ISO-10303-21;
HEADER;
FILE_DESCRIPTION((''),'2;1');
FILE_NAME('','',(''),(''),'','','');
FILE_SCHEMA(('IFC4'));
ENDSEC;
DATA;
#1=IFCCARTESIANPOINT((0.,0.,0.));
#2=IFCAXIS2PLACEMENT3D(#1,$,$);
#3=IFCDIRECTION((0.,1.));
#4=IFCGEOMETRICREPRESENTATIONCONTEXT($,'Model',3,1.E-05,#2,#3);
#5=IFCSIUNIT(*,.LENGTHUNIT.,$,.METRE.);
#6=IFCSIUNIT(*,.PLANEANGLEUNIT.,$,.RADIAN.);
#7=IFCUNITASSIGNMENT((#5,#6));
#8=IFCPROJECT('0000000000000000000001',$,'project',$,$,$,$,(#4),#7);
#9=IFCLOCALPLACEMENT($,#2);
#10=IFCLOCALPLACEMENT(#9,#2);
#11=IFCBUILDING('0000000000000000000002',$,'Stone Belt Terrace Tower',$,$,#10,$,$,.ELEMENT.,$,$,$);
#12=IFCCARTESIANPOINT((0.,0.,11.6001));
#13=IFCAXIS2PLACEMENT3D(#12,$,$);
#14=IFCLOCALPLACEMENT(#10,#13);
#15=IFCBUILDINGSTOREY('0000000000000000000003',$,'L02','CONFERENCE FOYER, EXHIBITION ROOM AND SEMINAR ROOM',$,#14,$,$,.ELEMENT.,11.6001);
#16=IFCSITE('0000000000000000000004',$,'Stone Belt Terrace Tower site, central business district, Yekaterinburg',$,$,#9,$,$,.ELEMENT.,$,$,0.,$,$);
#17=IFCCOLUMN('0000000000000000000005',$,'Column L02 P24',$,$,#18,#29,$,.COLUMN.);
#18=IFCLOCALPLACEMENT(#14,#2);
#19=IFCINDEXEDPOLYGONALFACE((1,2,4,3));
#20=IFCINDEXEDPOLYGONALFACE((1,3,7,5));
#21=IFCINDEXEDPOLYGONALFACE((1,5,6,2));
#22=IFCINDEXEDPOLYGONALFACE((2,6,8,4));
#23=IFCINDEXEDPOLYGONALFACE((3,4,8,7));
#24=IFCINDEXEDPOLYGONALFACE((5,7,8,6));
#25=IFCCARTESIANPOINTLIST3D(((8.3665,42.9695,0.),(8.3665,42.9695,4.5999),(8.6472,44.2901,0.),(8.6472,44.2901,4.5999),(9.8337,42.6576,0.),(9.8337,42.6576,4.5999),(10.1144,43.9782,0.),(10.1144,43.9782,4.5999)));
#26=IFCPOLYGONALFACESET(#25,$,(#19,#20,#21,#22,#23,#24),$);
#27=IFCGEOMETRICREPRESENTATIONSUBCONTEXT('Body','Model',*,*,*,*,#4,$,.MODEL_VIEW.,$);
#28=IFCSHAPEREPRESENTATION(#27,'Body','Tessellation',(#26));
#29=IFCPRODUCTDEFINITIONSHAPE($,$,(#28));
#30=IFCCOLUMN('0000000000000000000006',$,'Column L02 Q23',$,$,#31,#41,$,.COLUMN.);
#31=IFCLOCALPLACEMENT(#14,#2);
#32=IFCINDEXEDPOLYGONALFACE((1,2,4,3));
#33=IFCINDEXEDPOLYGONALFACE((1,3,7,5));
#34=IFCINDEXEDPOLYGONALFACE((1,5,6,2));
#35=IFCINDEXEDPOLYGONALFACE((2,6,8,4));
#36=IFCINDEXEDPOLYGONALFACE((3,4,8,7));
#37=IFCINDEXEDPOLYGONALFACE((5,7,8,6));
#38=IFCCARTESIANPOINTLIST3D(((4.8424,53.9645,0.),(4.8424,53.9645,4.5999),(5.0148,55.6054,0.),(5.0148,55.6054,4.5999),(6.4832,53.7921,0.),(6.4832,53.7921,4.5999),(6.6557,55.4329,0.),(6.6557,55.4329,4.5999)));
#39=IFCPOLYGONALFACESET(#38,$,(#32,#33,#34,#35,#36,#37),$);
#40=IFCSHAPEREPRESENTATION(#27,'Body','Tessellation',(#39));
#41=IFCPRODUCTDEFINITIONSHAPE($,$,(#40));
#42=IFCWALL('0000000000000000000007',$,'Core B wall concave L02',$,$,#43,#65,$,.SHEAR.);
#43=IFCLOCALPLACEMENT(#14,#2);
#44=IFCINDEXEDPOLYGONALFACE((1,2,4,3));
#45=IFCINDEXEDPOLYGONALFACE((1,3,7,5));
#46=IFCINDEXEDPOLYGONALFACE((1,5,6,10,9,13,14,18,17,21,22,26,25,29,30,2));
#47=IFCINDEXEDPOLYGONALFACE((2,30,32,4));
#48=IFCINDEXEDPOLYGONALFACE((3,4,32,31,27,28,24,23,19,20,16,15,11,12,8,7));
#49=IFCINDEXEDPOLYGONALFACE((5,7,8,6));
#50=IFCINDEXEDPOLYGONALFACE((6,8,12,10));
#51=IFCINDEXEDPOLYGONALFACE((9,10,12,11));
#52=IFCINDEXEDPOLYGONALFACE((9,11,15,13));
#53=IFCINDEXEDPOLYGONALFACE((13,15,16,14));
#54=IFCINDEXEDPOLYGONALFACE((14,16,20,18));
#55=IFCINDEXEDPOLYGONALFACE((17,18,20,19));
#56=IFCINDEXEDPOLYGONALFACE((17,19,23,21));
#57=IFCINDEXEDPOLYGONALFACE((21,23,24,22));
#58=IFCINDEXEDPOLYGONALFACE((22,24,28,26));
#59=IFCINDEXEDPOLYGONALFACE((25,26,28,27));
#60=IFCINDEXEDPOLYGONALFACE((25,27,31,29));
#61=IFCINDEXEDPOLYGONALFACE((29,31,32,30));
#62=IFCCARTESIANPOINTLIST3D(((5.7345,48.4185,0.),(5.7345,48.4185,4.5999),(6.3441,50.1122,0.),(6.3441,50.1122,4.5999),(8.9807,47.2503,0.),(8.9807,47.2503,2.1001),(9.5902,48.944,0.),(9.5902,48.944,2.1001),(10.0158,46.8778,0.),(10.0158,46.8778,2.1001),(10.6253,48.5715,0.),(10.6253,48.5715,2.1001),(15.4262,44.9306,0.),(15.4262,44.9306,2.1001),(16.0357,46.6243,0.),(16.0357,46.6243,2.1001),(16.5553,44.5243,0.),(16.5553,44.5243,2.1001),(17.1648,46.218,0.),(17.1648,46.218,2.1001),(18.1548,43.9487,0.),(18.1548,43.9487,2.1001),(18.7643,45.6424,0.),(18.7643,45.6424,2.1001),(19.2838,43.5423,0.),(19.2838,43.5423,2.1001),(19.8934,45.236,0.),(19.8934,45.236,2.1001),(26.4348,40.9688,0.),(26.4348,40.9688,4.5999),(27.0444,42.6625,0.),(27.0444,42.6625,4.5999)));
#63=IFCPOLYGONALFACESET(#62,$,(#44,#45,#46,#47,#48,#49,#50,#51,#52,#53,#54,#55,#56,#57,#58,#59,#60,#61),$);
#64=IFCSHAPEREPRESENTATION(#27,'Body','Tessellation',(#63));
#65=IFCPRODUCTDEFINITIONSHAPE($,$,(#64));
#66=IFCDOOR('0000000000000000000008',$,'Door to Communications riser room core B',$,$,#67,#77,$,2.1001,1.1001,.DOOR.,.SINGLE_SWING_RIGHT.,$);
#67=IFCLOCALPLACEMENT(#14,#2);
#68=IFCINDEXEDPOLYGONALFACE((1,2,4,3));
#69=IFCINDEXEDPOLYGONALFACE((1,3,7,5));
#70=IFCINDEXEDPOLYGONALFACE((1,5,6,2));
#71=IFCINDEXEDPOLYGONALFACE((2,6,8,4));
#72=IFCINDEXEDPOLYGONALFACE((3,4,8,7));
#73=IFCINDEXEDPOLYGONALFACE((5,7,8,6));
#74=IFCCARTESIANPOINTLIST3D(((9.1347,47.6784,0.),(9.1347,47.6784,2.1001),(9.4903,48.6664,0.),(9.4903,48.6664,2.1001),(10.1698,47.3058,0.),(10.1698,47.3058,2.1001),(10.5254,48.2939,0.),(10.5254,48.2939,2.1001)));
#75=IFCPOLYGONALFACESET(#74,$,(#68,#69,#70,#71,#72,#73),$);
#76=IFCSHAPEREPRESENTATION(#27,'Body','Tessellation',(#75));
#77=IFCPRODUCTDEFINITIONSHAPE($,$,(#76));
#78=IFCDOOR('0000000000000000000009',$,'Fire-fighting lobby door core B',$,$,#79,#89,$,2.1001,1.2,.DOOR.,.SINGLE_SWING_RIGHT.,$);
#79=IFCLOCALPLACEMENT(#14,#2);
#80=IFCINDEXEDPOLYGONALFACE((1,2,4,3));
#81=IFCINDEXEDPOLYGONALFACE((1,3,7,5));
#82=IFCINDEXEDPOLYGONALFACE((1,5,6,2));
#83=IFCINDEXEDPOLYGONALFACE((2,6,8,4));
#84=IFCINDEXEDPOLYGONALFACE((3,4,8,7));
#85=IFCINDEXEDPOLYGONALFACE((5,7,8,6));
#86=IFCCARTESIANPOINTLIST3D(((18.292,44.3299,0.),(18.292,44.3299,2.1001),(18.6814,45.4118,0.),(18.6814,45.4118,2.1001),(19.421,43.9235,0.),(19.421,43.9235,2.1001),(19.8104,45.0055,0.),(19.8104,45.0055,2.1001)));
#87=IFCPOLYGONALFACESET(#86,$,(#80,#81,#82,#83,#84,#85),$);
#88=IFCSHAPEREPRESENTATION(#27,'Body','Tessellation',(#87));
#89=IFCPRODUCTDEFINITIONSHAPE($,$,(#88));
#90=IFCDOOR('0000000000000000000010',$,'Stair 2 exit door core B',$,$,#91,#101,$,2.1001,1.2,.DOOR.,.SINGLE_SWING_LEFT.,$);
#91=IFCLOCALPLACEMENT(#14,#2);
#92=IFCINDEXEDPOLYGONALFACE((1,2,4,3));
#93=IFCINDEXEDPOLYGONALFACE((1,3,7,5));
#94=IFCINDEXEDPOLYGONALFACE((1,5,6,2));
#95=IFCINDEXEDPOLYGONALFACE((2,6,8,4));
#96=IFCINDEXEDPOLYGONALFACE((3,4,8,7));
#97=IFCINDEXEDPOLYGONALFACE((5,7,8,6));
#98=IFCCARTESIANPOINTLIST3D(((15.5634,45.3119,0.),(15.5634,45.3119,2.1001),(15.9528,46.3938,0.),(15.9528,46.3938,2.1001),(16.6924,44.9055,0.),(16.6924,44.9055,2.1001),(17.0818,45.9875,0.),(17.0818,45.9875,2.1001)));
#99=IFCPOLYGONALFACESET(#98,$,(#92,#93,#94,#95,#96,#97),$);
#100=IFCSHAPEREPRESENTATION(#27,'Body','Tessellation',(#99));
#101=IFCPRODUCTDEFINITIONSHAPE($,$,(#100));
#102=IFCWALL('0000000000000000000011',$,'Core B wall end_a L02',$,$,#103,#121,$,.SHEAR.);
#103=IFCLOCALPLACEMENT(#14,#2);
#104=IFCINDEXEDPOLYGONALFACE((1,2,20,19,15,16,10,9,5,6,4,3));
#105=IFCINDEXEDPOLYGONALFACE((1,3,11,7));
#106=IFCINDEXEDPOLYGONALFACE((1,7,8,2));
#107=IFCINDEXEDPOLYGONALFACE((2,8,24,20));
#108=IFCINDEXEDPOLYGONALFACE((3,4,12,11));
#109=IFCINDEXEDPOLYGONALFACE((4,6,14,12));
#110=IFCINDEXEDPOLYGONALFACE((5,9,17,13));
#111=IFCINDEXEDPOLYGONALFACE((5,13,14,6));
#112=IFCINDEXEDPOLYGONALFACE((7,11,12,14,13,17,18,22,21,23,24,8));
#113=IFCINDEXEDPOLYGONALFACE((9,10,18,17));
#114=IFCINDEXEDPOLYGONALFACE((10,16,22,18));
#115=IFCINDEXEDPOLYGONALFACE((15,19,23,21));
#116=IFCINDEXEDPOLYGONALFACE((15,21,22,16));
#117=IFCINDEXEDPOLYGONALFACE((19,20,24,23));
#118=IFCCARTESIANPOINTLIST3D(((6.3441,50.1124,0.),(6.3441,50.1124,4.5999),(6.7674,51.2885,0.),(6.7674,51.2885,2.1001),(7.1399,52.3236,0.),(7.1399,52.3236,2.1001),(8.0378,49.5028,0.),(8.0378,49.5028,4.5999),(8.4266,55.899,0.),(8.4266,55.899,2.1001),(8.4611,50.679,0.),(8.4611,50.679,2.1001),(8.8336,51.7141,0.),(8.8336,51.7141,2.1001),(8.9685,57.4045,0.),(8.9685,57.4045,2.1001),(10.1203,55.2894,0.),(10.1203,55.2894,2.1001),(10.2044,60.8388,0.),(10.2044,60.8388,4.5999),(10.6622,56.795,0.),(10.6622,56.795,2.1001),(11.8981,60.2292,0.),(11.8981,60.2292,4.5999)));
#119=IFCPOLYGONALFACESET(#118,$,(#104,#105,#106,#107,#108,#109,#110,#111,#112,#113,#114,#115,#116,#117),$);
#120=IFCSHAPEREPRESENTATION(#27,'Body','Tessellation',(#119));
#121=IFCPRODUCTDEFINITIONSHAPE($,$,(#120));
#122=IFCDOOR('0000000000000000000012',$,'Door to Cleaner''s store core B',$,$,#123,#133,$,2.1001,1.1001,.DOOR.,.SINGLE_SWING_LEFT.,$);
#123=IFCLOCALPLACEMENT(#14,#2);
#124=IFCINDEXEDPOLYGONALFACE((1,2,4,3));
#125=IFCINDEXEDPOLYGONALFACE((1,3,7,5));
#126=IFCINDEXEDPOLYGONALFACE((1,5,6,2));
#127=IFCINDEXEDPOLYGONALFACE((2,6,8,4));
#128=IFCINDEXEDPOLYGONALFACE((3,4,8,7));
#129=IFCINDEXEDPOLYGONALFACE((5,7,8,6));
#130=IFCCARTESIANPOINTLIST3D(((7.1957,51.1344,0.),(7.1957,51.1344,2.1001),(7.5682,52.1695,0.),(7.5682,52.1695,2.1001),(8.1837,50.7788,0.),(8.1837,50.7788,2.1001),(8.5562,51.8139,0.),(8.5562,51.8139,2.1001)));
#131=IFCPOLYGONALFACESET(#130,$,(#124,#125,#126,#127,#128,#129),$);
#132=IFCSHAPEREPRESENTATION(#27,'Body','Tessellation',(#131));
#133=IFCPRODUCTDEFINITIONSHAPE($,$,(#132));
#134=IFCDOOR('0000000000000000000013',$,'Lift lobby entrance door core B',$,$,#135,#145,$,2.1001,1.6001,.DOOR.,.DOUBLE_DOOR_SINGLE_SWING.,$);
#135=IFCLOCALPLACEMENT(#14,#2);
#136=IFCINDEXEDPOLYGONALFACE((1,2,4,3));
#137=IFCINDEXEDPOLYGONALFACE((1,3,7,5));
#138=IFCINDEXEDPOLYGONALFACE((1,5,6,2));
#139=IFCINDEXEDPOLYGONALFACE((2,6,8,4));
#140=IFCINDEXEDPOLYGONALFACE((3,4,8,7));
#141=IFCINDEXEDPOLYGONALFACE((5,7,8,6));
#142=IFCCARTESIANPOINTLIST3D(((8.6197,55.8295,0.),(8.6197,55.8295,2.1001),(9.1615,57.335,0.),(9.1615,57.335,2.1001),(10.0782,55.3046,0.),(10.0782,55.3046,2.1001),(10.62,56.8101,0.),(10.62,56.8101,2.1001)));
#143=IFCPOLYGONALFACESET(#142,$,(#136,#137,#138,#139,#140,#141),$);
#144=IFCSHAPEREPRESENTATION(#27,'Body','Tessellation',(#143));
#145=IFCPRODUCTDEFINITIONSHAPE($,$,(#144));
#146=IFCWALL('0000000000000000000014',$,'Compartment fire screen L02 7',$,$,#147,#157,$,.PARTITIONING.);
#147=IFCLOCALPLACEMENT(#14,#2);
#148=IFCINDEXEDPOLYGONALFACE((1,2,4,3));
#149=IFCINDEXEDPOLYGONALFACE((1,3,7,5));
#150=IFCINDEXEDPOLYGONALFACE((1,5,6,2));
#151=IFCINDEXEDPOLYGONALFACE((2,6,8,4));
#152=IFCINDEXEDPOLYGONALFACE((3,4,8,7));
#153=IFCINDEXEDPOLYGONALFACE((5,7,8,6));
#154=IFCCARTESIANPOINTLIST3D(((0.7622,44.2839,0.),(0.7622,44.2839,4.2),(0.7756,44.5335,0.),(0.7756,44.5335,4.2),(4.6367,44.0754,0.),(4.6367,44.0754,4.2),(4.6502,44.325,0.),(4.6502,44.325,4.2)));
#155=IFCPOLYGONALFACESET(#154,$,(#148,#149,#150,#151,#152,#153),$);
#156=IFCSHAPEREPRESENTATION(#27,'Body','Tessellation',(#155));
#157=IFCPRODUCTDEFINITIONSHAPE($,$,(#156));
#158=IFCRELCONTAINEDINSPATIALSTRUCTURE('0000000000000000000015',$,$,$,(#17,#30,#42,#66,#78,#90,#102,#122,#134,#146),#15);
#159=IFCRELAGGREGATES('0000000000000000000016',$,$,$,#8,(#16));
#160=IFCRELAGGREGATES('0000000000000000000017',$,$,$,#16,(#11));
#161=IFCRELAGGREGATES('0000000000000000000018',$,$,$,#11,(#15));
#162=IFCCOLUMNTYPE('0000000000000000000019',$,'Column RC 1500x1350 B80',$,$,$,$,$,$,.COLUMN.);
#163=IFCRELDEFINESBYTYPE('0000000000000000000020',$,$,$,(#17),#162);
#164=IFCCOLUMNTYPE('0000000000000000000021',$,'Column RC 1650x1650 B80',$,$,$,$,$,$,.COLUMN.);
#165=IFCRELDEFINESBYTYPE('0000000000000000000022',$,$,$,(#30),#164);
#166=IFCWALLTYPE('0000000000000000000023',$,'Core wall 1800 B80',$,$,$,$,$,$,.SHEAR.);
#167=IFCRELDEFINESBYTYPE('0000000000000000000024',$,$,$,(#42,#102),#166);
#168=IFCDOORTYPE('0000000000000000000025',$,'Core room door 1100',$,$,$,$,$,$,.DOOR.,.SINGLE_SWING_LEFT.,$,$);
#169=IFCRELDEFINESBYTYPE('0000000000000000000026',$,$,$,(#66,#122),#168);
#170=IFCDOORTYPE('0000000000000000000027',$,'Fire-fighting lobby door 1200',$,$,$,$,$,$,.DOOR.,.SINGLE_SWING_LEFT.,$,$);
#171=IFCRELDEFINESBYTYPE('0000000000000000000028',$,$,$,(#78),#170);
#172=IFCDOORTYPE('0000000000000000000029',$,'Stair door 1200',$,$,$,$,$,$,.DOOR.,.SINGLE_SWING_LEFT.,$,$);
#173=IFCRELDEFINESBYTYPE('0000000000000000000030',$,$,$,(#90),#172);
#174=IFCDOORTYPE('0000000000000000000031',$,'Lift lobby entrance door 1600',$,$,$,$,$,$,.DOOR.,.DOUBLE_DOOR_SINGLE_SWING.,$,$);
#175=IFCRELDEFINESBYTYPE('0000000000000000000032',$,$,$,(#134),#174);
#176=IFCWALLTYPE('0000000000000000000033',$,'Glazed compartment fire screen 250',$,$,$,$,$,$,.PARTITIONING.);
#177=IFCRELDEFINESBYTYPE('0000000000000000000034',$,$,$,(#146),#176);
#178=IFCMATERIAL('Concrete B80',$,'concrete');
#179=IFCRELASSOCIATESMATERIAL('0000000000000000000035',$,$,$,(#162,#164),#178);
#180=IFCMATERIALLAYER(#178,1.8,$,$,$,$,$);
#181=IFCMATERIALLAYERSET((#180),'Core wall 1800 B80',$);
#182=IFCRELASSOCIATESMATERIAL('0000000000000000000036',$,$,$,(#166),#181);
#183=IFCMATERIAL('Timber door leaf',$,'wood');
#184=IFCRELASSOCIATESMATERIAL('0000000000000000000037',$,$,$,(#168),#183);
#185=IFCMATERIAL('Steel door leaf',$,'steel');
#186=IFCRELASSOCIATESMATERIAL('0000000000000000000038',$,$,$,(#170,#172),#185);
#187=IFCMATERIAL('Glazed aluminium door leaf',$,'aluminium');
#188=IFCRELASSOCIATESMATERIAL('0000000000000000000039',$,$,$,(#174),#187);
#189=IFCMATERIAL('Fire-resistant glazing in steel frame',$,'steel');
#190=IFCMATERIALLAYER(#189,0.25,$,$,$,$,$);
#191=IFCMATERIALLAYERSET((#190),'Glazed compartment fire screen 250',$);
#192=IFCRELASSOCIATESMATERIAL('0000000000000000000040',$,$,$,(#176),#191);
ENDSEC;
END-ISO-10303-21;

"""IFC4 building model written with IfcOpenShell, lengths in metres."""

from ifc_helpers import new_model, si_unit, direction, frame, frame_2d, origin, origin_2d, place, context, subcontext, project, spatial, rectangle, extrude, material, layer, layer_set, material_profile, profile_set, type_object, element, fill, save


model = new_model("IFC4")

# Units and contexts
model_context = context("Model", 3, precision=1e-05, world=origin(), true_north=direction((0.0, 1.0)))
body_context = subcontext(model_context, "Body", "Model", "MODEL_VIEW")
ifc_project = project(units=[si_unit("LENGTHUNIT", "METRE"), si_unit("PLANEANGLEUNIT", "RADIAN")], contexts=[model_context])

# Site, building, storey
site_placement = place(None, origin())
site = spatial("IfcSite", under=ifc_project, at=site_placement, Name="Stone Belt Terrace Tower site, central business district, Yekaterinburg", CompositionType="ELEMENT", RefElevation=0.0)
building_placement = place(site_placement, origin())
building = spatial("IfcBuilding", under=site, at=building_placement, Name="Stone Belt Terrace Tower", CompositionType="ELEMENT")
storey_placement = place(building_placement, frame((0.0, 0.0, 11.6001)))
storey = spatial("IfcBuildingStorey", under=building, at=storey_placement, Name="L02", Description="CONFERENCE FOYER, EXHIBITION ROOM AND SEMINAR ROOM", CompositionType="ELEMENT", Elevation=11.6001)

# Columns
ifc_material_1 = material(Name="Concrete B80", Category="concrete")
ifc_material_profile_1 = material_profile(ifc_material_1, rectangle(XDim=1.5, YDim=1.3501, at=origin_2d()), Name="RC 1500x1350")
ifc_profile_set_1 = profile_set([ifc_material_profile_1], Name="Concrete B80")
column_type_1 = type_object("IfcColumnType", Name="Column RC 1500x1350 B80", PredefinedType="COLUMN", material=ifc_profile_set_1)
column_1_placement = place(storey_placement, frame((9.2405, 43.4739, 0.0), z_axis=(0.0, 0.0, 1.0), x_axis=(0.978148, -0.207912, 0.0)))
element("IfcColumn", 1, at=column_1_placement, inside=storey, type_object=column_type_1, Name="Column L02 P24", PredefinedType="COLUMN", context=body_context, shape_type="SweptSolid", body=[
    extrude(rectangle(XDim=1.5, YDim=1.3501, at=origin_2d()), origin(), (0.0, 0.0, 1.0), 4.5999),
])
ifc_material_profile_2 = material_profile(ifc_material_1, rectangle(XDim=1.6499, YDim=1.6499, at=origin_2d()), Name="RC 1650x1650")
ifc_profile_set_2 = profile_set([ifc_material_profile_2], Name="Concrete B80")
column_type_2 = type_object("IfcColumnType", Name="Column RC 1650x1650 B80", PredefinedType="COLUMN", material=ifc_profile_set_2)
column_2_placement = place(storey_placement, frame((5.749, 54.6987, 0.0), z_axis=(0.0, 0.0, 1.0), x_axis=(0.994522, -0.104528, 0.0)))
element("IfcColumn", 2, at=column_2_placement, inside=storey, type_object=column_type_2, Name="Column L02 Q23", PredefinedType="COLUMN", context=body_context, shape_type="SweptSolid", body=[
    extrude(rectangle(XDim=1.6499, YDim=1.6499, at=origin_2d()), origin(), (0.0, 0.0, 1.0), 4.5999),
])

# Walls, openings, doors
ifc_layer_1 = layer(ifc_material_1, 1.8)
ifc_layer_set_1 = layer_set([ifc_layer_1], Name="Core wall 1800 B80")
wall_type_1 = type_object("IfcWallType", Name="Core wall 1800 B80", PredefinedType="SHEAR", material=ifc_layer_set_1)
wall_1_placement = place(storey_placement, frame((6.0393, 49.2654, 0.0), z_axis=(0.0, 0.0, 1.0), x_axis=(0.940922, -0.338624, 0.0)))
wall_1 = element("IfcWall", 3, at=wall_1_placement, inside=storey, type_object=wall_type_1, Name="Core B wall concave L02", PredefinedType="SHEAR", context=body_context, shape_type="SweptSolid", body=[
    extrude(rectangle(XDim=22.0, YDim=1.8, at=frame_2d((11.0, 0.0))), origin(), (0.0, 0.0, 1.0), 4.5999),
])
opening_1_placement = place(wall_1_placement, frame((13.2, 0.0, 0.0)))
opening_1 = element("IfcOpeningElement", 4, at=opening_1_placement, cuts=wall_1, PredefinedType="OPENING", context=body_context, shape_type="SweptSolid", body=[
    extrude(rectangle(XDim=1.2, YDim=2.1001, at=frame_2d((0.6001, 1.05))), frame((0.0, 0.9099, 0.0), z_axis=(0.0, -1.0, 0.0), x_axis=(1.0, 0.0, 0.0)), (0.0, 0.0, 1.0), 1.8201),
])
opening_2_placement = place(wall_1_placement, frame((10.3, 0.0, 0.0)))
opening_2 = element("IfcOpeningElement", 5, at=opening_2_placement, cuts=wall_1, PredefinedType="OPENING", context=body_context, shape_type="SweptSolid", body=[
    extrude(rectangle(XDim=1.2, YDim=2.1001, at=frame_2d((0.6001, 1.05))), frame((0.0, 0.9099, 0.0), z_axis=(0.0, -1.0, 0.0), x_axis=(1.0, 0.0, 0.0)), (0.0, 0.0, 1.0), 1.8201),
])
opening_3_placement = place(wall_1_placement, frame((3.45, 0.0, 0.0)))
opening_3 = element("IfcOpeningElement", 6, at=opening_3_placement, cuts=wall_1, PredefinedType="OPENING", context=body_context, shape_type="SweptSolid", body=[
    extrude(rectangle(XDim=1.1001, YDim=2.1001, at=frame_2d((0.55, 1.05))), frame((0.0, 0.9099, 0.0), z_axis=(0.0, -1.0, 0.0), x_axis=(1.0, 0.0, 0.0)), (0.0, 0.0, 1.0), 1.8201),
])
ifc_material_2 = material(Name="Timber door leaf", Category="wood")
door_type_1 = type_object("IfcDoorType", Name="Core room door 1100", OperationType="SINGLE_SWING_LEFT", PredefinedType="DOOR", material=ifc_material_2)
door_1_placement = place(opening_3_placement, origin())
door_1 = element("IfcDoor", 7, at=door_1_placement, inside=storey, type_object=door_type_1, Name="Door to Communications riser room core B", OperationType="SINGLE_SWING_RIGHT", OverallHeight=2.1001, OverallWidth=1.1001, PredefinedType="DOOR", context=body_context, shape_type="SweptSolid", body=[
    extrude(rectangle(XDim=1.1001, YDim=2.1001, at=frame_2d((0.55, 1.05))), frame((0.0, 0.605, 0.0), z_axis=(0.0, -1.0, 0.0), x_axis=(1.0, 0.0, 0.0)), (0.0, 0.0, 1.0), 1.05),
])
fill(opening_3, door_1)
ifc_material_3 = material(Name="Steel door leaf", Category="steel")
door_type_2 = type_object("IfcDoorType", Name="Fire-fighting lobby door 1200", OperationType="SINGLE_SWING_LEFT", PredefinedType="DOOR", material=ifc_material_3)
door_2_placement = place(opening_1_placement, origin())
door_2 = element("IfcDoor", 8, at=door_2_placement, inside=storey, type_object=door_type_2, Name="Fire-fighting lobby door core B", OperationType="SINGLE_SWING_RIGHT", OverallHeight=2.1001, OverallWidth=1.2, PredefinedType="DOOR", context=body_context, shape_type="SweptSolid", body=[
    extrude(rectangle(XDim=1.2, YDim=2.1001, at=frame_2d((0.6001, 1.05))), frame((0.0, 0.655, 0.0), z_axis=(0.0, -1.0, 0.0), x_axis=(1.0, 0.0, 0.0)), (0.0, 0.0, 1.0), 1.1499),
])
fill(opening_1, door_2)
door_type_3 = type_object("IfcDoorType", Name="Stair door 1200", OperationType="SINGLE_SWING_LEFT", PredefinedType="DOOR", material=ifc_material_3)
door_3_placement = place(opening_2_placement, origin())
door_3 = element("IfcDoor", 9, at=door_3_placement, inside=storey, type_object=door_type_3, Name="Stair 2 exit door core B", OperationType="SINGLE_SWING_LEFT", OverallHeight=2.1001, OverallWidth=1.2, PredefinedType="DOOR", context=body_context, shape_type="SweptSolid", body=[
    extrude(rectangle(XDim=1.2, YDim=2.1001, at=frame_2d((0.6001, 1.05))), frame((0.0, 0.655, 0.0), z_axis=(0.0, -1.0, 0.0), x_axis=(1.0, 0.0, 0.0)), (0.0, 0.0, 1.0), 1.1499),
])
fill(opening_2, door_3)
wall_2_placement = place(storey_placement, frame((7.1909, 49.8076, 0.0), z_axis=(0.0, 0.0, 1.0), x_axis=(0.338632, 0.940919, 0.0)))
wall_2 = element("IfcWall", 10, at=wall_2_placement, inside=storey, type_object=wall_type_1, Name="Core B wall end_a L02", PredefinedType="SHEAR", context=body_context, shape_type="SweptSolid", body=[
    extrude(rectangle(XDim=11.3999, YDim=1.8, at=frame_2d((5.7, 0.0))), origin(), (0.0, 0.0, 1.0), 4.5999),
])
opening_4_placement = place(wall_2_placement, frame((6.1499, 0.0, 0.0)))
opening_4 = element("IfcOpeningElement", 11, at=opening_4_placement, cuts=wall_2, PredefinedType="OPENING", context=body_context, shape_type="SweptSolid", body=[
    extrude(rectangle(XDim=1.6001, YDim=2.1001, at=frame_2d((0.8, 1.05))), frame((0.0, 0.9099, 0.0), z_axis=(0.0, -1.0, 0.0), x_axis=(1.0, 0.0, 0.0)), (0.0, 0.0, 1.0), 1.8201),
])
opening_5_placement = place(wall_2_placement, frame((1.25, 0.0, 0.0)))
opening_5 = element("IfcOpeningElement", 12, at=opening_5_placement, cuts=wall_2, PredefinedType="OPENING", context=body_context, shape_type="SweptSolid", body=[
    extrude(rectangle(XDim=1.1001, YDim=2.1001, at=frame_2d((0.55, 1.05))), frame((0.0, 0.9099, 0.0), z_axis=(0.0, -1.0, 0.0), x_axis=(1.0, 0.0, 0.0)), (0.0, 0.0, 1.0), 1.8201),
])
door_4_placement = place(opening_5_placement, origin())
door_4 = element("IfcDoor", 13, at=door_4_placement, inside=storey, type_object=door_type_1, Name="Door to Cleaner's store core B", OperationType="SINGLE_SWING_LEFT", OverallHeight=2.1001, OverallWidth=1.1001, PredefinedType="DOOR", context=body_context, shape_type="SweptSolid", body=[
    extrude(rectangle(XDim=1.1001, YDim=2.1001, at=frame_2d((0.55, 1.05))), frame((0.0, 0.4448, 0.0), z_axis=(0.0, -1.0, 0.0), x_axis=(1.0, 0.0, 0.0)), (0.0, 0.0, 1.0), 1.05),
])
fill(opening_5, door_4)
ifc_material_4 = material(Name="Glazed aluminium door leaf", Category="aluminium")
door_type_4 = type_object("IfcDoorType", Name="Lift lobby entrance door 1600", OperationType="DOUBLE_DOOR_SINGLE_SWING", PredefinedType="DOOR", material=ifc_material_4)
door_5_placement = place(opening_4_placement, origin())
door_5 = element("IfcDoor", 14, at=door_5_placement, inside=storey, type_object=door_type_4, Name="Lift lobby entrance door core B", OperationType="DOUBLE_DOOR_SINGLE_SWING", OverallHeight=2.1001, OverallWidth=1.6001, PredefinedType="DOOR", context=body_context, shape_type="SweptSolid", body=[
    extrude(rectangle(XDim=1.6001, YDim=2.1001, at=frame_2d((0.8, 1.05))), frame((0.0, 0.6948, 0.0), z_axis=(0.0, -1.0, 0.0), x_axis=(1.0, 0.0, 0.0)), (0.0, 0.0, 1.0), 1.55),
])
fill(opening_4, door_5)

# Wall
ifc_material_5 = material(Name="Fire-resistant glazing in steel frame", Category="steel")
ifc_layer_2 = layer(ifc_material_5, 0.25)
ifc_layer_set_2 = layer_set([ifc_layer_2], Name="Glazed compartment fire screen 250")
wall_type_2 = type_object("IfcWallType", Name="Glazed compartment fire screen 250", PredefinedType="PARTITIONING", material=ifc_layer_set_2)
wall_3_placement = place(storey_placement, frame((0.769, 44.4087, 0.0), z_axis=(0.0, 0.0, 1.0), x_axis=(0.998555, -0.053734, 0.0)))
element("IfcWall", 15, at=wall_3_placement, inside=storey, type_object=wall_type_2, Name="Compartment fire screen L02 7", PredefinedType="PARTITIONING", context=body_context, shape_type="SweptSolid", body=[
    extrude(rectangle(XDim=3.8801, YDim=0.25, at=frame_2d((1.9399, 0.0))), origin(), (0.0, 0.0, 1.0), 4.2),
])

save(model, "model.ifc")
